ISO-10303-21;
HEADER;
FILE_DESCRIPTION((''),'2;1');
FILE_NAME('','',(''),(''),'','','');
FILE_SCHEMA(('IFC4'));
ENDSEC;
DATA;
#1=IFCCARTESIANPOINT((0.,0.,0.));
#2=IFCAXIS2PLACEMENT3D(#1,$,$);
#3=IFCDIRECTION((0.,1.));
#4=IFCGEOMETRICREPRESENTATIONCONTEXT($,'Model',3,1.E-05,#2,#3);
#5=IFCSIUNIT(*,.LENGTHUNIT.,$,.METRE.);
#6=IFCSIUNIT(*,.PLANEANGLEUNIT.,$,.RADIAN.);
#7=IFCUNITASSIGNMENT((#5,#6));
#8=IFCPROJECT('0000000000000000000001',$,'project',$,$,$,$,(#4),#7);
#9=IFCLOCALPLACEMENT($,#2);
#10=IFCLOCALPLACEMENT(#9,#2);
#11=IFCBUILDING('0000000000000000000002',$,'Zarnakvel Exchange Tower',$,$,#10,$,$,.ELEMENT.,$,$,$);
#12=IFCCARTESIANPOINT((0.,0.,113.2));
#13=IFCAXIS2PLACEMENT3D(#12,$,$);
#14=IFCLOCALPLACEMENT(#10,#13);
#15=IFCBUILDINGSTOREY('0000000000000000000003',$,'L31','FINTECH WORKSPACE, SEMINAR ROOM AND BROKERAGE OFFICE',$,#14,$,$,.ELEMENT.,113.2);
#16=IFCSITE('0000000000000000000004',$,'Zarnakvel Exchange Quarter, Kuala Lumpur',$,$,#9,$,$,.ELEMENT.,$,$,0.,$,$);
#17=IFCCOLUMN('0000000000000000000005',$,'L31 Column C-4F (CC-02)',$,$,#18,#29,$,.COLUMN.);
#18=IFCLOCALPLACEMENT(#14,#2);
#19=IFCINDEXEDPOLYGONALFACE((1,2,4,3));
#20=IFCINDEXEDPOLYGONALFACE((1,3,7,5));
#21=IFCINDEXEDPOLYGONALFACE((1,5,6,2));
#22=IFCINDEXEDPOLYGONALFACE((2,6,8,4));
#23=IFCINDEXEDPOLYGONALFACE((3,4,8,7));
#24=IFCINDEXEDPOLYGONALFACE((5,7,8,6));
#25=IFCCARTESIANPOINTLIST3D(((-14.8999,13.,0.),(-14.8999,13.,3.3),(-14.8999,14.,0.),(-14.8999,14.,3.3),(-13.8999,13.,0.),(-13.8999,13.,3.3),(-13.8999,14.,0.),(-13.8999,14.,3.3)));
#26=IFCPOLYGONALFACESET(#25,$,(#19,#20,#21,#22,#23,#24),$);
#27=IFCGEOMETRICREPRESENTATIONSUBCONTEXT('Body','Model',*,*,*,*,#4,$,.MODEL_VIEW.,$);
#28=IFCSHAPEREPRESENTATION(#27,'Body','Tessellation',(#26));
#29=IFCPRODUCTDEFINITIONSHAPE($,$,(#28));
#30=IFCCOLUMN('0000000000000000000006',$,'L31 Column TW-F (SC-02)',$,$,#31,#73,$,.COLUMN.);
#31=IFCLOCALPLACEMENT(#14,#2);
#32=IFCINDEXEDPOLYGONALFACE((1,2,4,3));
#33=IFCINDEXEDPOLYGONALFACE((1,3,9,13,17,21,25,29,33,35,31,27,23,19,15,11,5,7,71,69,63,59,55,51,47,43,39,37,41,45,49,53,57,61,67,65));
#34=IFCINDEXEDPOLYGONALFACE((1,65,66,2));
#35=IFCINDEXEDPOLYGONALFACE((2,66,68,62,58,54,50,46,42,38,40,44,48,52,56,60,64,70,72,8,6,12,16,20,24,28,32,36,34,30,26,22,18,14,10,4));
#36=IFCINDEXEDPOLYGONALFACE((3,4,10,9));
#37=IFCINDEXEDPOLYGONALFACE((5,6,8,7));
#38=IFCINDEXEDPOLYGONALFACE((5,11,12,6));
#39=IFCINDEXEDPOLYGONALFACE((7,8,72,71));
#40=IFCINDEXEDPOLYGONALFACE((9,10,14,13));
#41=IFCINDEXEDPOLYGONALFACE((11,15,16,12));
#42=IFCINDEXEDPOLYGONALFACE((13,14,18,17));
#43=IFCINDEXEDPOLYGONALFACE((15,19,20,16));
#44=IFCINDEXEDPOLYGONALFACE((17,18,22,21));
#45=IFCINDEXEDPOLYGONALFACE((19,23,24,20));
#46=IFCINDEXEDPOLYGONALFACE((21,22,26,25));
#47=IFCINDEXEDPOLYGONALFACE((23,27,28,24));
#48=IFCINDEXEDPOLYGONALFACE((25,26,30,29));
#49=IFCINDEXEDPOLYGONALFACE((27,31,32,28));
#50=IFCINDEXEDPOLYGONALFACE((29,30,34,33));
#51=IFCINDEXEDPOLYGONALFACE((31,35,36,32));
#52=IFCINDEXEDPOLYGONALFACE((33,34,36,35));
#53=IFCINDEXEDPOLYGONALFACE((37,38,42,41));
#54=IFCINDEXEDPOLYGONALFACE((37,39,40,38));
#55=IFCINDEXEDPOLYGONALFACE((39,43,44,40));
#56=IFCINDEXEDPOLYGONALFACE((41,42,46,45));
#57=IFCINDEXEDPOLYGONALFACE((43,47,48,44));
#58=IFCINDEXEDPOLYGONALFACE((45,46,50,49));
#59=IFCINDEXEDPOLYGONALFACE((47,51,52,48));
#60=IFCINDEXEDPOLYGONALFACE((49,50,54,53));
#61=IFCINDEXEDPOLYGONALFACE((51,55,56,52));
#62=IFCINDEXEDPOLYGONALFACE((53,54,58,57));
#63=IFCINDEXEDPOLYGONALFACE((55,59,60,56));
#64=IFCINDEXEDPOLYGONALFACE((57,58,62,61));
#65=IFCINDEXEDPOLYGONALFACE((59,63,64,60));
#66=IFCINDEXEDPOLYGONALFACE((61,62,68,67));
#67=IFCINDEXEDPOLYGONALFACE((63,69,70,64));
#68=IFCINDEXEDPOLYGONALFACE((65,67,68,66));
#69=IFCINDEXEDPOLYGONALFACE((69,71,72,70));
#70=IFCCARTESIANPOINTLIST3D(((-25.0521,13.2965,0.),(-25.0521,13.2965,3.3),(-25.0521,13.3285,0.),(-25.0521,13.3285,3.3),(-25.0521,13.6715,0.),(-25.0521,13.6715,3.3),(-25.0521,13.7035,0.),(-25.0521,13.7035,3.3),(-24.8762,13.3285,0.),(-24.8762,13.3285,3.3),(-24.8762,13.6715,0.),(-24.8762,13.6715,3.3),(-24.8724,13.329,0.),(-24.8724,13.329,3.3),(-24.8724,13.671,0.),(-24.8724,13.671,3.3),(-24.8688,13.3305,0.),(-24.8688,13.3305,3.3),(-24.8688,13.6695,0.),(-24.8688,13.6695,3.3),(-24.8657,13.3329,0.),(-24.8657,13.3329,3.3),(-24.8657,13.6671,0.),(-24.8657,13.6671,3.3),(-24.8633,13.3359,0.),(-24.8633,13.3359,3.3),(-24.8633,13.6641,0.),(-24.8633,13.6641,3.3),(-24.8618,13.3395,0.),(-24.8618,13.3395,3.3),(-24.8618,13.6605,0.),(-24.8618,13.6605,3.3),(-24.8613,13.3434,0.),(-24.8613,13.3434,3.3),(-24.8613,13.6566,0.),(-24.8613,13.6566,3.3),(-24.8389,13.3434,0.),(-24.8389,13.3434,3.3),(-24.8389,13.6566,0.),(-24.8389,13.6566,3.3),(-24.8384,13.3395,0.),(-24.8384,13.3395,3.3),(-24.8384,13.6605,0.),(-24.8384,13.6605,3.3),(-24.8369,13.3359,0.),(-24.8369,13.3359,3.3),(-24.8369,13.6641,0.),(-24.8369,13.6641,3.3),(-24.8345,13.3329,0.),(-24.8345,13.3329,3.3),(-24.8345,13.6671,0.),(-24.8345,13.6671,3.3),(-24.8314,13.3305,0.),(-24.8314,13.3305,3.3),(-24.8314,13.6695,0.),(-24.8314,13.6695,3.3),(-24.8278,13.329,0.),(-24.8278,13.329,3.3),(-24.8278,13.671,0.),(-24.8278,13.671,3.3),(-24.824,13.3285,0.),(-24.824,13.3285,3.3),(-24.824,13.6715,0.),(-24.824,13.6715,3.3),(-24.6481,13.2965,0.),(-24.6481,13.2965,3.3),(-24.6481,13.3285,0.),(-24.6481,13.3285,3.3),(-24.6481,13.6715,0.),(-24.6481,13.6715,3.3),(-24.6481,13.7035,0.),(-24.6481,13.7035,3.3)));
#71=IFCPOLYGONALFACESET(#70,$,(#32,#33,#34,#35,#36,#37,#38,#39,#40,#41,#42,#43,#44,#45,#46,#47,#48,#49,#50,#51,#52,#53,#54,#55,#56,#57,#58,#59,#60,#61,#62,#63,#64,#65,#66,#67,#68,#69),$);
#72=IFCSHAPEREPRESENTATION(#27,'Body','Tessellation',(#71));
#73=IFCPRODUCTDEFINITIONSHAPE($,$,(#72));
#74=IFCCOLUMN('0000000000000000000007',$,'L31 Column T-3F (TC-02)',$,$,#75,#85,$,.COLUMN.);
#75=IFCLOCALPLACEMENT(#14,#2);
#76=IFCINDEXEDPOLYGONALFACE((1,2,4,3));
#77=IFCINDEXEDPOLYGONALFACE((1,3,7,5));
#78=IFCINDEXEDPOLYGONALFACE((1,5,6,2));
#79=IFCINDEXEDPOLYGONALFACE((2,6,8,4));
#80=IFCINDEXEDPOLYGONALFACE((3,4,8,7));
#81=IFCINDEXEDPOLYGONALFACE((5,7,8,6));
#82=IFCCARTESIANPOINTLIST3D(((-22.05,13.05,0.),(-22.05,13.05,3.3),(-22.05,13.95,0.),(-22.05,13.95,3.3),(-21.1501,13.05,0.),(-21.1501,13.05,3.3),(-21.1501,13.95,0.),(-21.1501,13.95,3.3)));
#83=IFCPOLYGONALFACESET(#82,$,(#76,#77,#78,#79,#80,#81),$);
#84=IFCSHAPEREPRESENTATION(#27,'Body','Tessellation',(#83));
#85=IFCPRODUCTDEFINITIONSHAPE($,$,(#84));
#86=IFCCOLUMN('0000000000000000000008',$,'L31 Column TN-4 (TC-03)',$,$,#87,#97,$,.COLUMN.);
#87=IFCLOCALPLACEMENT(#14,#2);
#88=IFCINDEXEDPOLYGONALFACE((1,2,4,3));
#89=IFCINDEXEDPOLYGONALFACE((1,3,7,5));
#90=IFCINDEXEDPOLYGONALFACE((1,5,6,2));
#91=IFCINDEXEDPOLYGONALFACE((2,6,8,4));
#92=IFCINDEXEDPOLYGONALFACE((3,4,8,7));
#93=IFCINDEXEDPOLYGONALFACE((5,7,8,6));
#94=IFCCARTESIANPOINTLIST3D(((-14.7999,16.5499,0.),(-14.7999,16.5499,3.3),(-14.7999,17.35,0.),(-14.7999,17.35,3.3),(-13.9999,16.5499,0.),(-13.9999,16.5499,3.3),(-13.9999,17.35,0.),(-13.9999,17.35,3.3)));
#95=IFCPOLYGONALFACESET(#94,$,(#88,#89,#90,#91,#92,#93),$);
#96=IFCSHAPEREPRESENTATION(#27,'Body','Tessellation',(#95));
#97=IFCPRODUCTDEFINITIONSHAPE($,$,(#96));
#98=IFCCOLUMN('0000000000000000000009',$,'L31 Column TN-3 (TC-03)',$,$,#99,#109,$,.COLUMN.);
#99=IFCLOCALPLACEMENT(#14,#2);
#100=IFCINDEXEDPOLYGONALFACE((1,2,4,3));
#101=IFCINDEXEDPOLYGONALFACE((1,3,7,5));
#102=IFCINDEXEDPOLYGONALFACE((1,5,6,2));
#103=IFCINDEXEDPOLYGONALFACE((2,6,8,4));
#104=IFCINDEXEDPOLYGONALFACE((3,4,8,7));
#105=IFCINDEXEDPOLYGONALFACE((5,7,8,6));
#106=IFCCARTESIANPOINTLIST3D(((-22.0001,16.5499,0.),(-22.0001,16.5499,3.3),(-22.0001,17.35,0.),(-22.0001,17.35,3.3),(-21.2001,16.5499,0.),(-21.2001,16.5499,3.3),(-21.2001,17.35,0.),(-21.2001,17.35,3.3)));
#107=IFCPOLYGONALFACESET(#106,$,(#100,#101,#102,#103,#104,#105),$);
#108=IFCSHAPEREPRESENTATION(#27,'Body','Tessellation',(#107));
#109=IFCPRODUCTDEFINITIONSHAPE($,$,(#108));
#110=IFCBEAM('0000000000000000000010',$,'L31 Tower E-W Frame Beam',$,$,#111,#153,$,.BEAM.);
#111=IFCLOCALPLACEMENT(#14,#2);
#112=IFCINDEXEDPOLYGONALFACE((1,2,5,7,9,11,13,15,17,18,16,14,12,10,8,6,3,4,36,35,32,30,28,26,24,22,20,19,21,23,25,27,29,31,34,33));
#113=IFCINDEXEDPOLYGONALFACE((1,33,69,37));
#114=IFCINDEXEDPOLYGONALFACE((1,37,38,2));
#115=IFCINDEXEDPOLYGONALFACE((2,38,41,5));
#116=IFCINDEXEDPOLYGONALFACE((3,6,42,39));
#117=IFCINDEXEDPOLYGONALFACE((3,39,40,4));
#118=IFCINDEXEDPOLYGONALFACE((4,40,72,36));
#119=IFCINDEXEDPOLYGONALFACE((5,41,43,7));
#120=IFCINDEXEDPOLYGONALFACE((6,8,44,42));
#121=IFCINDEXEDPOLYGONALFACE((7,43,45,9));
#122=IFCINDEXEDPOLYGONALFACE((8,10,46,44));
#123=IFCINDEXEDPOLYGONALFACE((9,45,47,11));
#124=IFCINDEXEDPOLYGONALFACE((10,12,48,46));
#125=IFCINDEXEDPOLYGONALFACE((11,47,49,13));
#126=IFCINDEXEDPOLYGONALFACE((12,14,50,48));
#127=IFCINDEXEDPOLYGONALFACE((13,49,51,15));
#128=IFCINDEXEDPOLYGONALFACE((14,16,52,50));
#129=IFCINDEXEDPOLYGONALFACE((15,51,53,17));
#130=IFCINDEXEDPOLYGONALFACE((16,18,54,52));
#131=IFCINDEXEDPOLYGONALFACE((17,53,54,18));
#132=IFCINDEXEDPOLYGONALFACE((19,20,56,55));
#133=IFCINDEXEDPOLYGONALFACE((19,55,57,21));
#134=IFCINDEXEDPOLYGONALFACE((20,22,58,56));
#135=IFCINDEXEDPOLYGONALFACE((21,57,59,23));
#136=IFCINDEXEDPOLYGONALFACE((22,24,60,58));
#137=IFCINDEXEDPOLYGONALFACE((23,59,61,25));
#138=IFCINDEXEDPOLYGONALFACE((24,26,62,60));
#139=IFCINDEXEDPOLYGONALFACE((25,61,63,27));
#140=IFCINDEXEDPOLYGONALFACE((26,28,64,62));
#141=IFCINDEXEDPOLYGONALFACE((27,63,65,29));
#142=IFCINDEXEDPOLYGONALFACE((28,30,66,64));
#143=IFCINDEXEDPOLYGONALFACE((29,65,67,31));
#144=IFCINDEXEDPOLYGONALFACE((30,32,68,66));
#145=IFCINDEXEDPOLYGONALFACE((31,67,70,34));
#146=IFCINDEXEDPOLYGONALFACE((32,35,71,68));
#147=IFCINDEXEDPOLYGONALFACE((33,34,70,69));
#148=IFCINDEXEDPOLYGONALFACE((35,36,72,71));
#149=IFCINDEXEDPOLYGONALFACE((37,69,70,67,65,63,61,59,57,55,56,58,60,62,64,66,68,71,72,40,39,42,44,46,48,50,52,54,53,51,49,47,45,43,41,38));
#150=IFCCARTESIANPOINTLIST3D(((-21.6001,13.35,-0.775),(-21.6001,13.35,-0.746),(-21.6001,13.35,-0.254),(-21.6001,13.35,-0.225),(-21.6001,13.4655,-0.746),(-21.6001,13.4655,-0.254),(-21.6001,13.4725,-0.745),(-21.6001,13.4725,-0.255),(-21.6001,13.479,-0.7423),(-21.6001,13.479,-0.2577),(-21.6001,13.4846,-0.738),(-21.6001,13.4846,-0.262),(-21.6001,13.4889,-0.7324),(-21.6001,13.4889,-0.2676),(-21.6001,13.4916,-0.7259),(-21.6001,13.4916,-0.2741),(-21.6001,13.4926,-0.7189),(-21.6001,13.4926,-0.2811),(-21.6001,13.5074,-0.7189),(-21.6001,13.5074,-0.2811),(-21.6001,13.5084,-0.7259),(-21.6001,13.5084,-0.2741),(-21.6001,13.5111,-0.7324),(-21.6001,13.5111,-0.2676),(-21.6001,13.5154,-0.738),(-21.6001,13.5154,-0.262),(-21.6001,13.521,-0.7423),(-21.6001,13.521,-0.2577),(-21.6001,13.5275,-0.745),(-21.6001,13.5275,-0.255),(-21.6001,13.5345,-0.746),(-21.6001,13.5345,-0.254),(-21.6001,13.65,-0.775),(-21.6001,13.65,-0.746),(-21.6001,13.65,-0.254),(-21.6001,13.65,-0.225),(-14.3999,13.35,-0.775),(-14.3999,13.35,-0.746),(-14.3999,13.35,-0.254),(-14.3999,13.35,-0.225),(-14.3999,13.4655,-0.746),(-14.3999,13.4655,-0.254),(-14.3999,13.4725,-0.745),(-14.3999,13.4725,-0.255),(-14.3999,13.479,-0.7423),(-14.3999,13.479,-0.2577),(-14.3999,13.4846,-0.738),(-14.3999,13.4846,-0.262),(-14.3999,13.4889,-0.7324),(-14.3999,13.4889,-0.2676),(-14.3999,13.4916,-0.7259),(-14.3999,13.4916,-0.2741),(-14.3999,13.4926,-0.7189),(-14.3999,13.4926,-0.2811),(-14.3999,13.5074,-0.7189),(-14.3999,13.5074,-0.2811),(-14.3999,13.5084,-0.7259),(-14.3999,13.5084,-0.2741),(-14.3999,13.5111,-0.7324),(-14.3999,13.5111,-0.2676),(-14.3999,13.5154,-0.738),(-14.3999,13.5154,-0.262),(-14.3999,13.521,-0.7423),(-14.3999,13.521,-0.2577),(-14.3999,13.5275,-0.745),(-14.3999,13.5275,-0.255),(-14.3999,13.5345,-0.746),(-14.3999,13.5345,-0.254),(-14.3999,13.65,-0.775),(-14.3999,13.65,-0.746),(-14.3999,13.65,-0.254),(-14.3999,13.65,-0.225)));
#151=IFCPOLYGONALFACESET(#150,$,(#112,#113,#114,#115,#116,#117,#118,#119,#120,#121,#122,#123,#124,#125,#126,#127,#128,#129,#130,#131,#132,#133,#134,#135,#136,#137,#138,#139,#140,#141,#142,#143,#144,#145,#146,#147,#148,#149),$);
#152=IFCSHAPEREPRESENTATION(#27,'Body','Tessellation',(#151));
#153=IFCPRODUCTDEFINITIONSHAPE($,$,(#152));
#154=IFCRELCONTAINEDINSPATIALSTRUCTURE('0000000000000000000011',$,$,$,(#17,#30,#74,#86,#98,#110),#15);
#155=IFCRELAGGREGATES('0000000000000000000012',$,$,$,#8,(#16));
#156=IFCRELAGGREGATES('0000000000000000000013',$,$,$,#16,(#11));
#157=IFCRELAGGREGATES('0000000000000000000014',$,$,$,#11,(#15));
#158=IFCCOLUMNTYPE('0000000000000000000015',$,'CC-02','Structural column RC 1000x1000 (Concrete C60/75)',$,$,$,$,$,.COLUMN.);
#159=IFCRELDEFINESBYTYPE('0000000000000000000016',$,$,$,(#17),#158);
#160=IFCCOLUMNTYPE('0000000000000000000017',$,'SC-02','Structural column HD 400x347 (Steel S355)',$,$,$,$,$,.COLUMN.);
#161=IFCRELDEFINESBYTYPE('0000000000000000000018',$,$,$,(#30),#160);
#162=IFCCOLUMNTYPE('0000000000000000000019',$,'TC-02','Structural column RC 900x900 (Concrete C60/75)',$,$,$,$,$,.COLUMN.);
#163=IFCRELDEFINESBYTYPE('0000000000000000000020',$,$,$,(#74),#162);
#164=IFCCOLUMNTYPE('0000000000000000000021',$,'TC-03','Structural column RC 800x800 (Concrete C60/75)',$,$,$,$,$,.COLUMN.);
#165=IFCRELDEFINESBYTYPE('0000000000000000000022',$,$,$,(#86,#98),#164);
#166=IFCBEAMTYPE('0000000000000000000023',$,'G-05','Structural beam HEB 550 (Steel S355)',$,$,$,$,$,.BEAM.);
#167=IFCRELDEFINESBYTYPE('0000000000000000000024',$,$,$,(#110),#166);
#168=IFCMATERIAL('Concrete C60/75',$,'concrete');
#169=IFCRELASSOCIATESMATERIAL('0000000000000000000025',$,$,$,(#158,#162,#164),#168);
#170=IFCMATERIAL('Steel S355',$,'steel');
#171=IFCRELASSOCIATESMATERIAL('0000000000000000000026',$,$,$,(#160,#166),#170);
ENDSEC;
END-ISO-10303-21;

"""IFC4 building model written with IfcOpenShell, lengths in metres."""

from ifc_helpers import new_model, si_unit, direction, frame, origin, origin_2d, place, context, subcontext, project, spatial, rectangle, i_section, extrude, material, material_profile, profile_set, type_object, element, save


model = new_model("IFC4")

# Units and contexts
model_context = context("Model", 3, precision=1e-05, world=origin(), true_north=direction((0.0, 1.0)))
body_context = subcontext(model_context, "Body", "Model", "MODEL_VIEW")
ifc_project = project(units=[si_unit("LENGTHUNIT", "METRE"), si_unit("PLANEANGLEUNIT", "RADIAN")], contexts=[model_context])

# Site, building, storey
site_placement = place(None, origin())
site = spatial("IfcSite", under=ifc_project, at=site_placement, Name="Zarnakvel Exchange Quarter, Kuala Lumpur", CompositionType="ELEMENT", RefElevation=0.0)
building_placement = place(site_placement, origin())
building = spatial("IfcBuilding", under=site, at=building_placement, Name="Zarnakvel Exchange Tower", CompositionType="ELEMENT")
storey_placement = place(building_placement, frame((0.0, 0.0, 113.2)))
storey = spatial("IfcBuildingStorey", under=building, at=storey_placement, Name="L31", Description="FINTECH WORKSPACE, SEMINAR ROOM AND BROKERAGE OFFICE", CompositionType="ELEMENT", Elevation=113.2)

# Columns
ifc_material_1 = material(Name="Concrete C60/75", Category="concrete")
ifc_material_profile_1 = material_profile(ifc_material_1, rectangle(XDim=1.0, YDim=1.0, at=origin_2d()))
ifc_profile_set_1 = profile_set([ifc_material_profile_1], Name="Concrete C60/75")
column_type_1 = type_object("IfcColumnType", Name="CC-02", Description="Structural column RC 1000x1000 (Concrete C60/75)", PredefinedType="COLUMN", material=ifc_profile_set_1)
column_1_placement = place(storey_placement, frame((-14.3999, 13.5, 0.0), z_axis=(0.0, 0.0, 1.0), x_axis=(1.0, 0.0, 0.0)))
element("IfcColumn", 1, at=column_1_placement, inside=storey, type_object=column_type_1, Name="L31 Column C-4F (CC-02)", PredefinedType="COLUMN", context=body_context, shape_type="SweptSolid", body=[
    extrude(rectangle(XDim=1.0, YDim=1.0, at=origin_2d()), origin(), (0.0, 0.0, 1.0), 3.3),
])
ifc_material_2 = material(Name="Steel S355", Category="steel")
ifc_material_profile_2 = material_profile(ifc_material_2, i_section(OverallWidth=0.4041, OverallDepth=0.407, WebThickness=0.0225, FlangeThickness=0.032, FilletRadius=0.0149, at=origin_2d()))
ifc_profile_set_2 = profile_set([ifc_material_profile_2], Name="Steel S355")
column_type_2 = type_object("IfcColumnType", Name="SC-02", Description="Structural column HD 400x347 (Steel S355)", PredefinedType="COLUMN", material=ifc_profile_set_2)
column_2_placement = place(storey_placement, frame((-24.8501, 13.5, 0.0), z_axis=(0.0, 0.0, 1.0), x_axis=(1.0, 0.0, 0.0)))
element("IfcColumn", 2, at=column_2_placement, inside=storey, type_object=column_type_2, Name="L31 Column TW-F (SC-02)", PredefinedType="COLUMN", context=body_context, shape_type="SweptSolid", body=[
    extrude(i_section(OverallWidth=0.4041, OverallDepth=0.407, WebThickness=0.0225, FlangeThickness=0.032, FilletRadius=0.0149, at=origin_2d()), origin(), (0.0, 0.0, 1.0), 3.3),
])
ifc_material_profile_3 = material_profile(ifc_material_1, rectangle(XDim=0.8999, YDim=0.8999, at=origin_2d()))
ifc_profile_set_3 = profile_set([ifc_material_profile_3], Name="Concrete C60/75")
column_type_3 = type_object("IfcColumnType", Name="TC-02", Description="Structural column RC 900x900 (Concrete C60/75)", PredefinedType="COLUMN", material=ifc_profile_set_3)
column_3_placement = place(storey_placement, frame((-21.6001, 13.5, 0.0), z_axis=(0.0, 0.0, 1.0), x_axis=(1.0, 0.0, 0.0)))
element("IfcColumn", 3, at=column_3_placement, inside=storey, type_object=column_type_3, Name="L31 Column T-3F (TC-02)", PredefinedType="COLUMN", context=body_context, shape_type="SweptSolid", body=[
    extrude(rectangle(XDim=0.8999, YDim=0.8999, at=origin_2d()), origin(), (0.0, 0.0, 1.0), 3.3),
])
ifc_material_profile_4 = material_profile(ifc_material_1, rectangle(XDim=0.8, YDim=0.8, at=origin_2d()))
ifc_profile_set_4 = profile_set([ifc_material_profile_4], Name="Concrete C60/75")
column_type_4 = type_object("IfcColumnType", Name="TC-03", Description="Structural column RC 800x800 (Concrete C60/75)", PredefinedType="COLUMN", material=ifc_profile_set_4)
for number, where, z_axis, x_axis, name in (
    (4, (-14.3999, 16.95, 0.0), (0.0, 0.0, 1.0), (1.0, 0.0, 0.0), "L31 Column TN-4 (TC-03)"),
    (5, (-21.6001, 16.95, 0.0), (0.0, 0.0, 1.0), (1.0, 0.0, 0.0), "L31 Column TN-3 (TC-03)"),
):
    element("IfcColumn", number, at=place(storey_placement, frame(where, z_axis=z_axis, x_axis=x_axis)), inside=storey, type_object=column_type_4, Name=name, PredefinedType="COLUMN", context=body_context, shape_type="SweptSolid", body=[
        extrude(rectangle(XDim=0.8, YDim=0.8, at=origin_2d()), origin(), (0.0, 0.0, 1.0), 3.3),
    ])

# Beam
ifc_material_profile_5 = material_profile(ifc_material_2, i_section(OverallWidth=0.3, OverallDepth=0.55, WebThickness=0.0149, FlangeThickness=0.0291, FilletRadius=0.0271, at=origin_2d()))
ifc_profile_set_5 = profile_set([ifc_material_profile_5], Name="Steel S355")
beam_type_1 = type_object("IfcBeamType", Name="G-05", Description="Structural beam HEB 550 (Steel S355)", PredefinedType="BEAM", material=ifc_profile_set_5)
beam_1_placement = place(storey_placement, frame((-21.6001, 13.5, -0.5), z_axis=(1.0, 0.0, 0.0), x_axis=(0.0, 1.0, 0.0)))
element("IfcBeam", 6, at=beam_1_placement, inside=storey, type_object=beam_type_1, Name="L31 Tower E-W Frame Beam", PredefinedType="BEAM", context=body_context, shape_type="SweptSolid", body=[
    extrude(i_section(OverallWidth=0.3, OverallDepth=0.55, WebThickness=0.0149, FlangeThickness=0.0291, FilletRadius=0.0271, at=origin_2d()), origin(), (0.0, 0.0, 1.0), 7.2002),
])

save(model, "model.ifc")
